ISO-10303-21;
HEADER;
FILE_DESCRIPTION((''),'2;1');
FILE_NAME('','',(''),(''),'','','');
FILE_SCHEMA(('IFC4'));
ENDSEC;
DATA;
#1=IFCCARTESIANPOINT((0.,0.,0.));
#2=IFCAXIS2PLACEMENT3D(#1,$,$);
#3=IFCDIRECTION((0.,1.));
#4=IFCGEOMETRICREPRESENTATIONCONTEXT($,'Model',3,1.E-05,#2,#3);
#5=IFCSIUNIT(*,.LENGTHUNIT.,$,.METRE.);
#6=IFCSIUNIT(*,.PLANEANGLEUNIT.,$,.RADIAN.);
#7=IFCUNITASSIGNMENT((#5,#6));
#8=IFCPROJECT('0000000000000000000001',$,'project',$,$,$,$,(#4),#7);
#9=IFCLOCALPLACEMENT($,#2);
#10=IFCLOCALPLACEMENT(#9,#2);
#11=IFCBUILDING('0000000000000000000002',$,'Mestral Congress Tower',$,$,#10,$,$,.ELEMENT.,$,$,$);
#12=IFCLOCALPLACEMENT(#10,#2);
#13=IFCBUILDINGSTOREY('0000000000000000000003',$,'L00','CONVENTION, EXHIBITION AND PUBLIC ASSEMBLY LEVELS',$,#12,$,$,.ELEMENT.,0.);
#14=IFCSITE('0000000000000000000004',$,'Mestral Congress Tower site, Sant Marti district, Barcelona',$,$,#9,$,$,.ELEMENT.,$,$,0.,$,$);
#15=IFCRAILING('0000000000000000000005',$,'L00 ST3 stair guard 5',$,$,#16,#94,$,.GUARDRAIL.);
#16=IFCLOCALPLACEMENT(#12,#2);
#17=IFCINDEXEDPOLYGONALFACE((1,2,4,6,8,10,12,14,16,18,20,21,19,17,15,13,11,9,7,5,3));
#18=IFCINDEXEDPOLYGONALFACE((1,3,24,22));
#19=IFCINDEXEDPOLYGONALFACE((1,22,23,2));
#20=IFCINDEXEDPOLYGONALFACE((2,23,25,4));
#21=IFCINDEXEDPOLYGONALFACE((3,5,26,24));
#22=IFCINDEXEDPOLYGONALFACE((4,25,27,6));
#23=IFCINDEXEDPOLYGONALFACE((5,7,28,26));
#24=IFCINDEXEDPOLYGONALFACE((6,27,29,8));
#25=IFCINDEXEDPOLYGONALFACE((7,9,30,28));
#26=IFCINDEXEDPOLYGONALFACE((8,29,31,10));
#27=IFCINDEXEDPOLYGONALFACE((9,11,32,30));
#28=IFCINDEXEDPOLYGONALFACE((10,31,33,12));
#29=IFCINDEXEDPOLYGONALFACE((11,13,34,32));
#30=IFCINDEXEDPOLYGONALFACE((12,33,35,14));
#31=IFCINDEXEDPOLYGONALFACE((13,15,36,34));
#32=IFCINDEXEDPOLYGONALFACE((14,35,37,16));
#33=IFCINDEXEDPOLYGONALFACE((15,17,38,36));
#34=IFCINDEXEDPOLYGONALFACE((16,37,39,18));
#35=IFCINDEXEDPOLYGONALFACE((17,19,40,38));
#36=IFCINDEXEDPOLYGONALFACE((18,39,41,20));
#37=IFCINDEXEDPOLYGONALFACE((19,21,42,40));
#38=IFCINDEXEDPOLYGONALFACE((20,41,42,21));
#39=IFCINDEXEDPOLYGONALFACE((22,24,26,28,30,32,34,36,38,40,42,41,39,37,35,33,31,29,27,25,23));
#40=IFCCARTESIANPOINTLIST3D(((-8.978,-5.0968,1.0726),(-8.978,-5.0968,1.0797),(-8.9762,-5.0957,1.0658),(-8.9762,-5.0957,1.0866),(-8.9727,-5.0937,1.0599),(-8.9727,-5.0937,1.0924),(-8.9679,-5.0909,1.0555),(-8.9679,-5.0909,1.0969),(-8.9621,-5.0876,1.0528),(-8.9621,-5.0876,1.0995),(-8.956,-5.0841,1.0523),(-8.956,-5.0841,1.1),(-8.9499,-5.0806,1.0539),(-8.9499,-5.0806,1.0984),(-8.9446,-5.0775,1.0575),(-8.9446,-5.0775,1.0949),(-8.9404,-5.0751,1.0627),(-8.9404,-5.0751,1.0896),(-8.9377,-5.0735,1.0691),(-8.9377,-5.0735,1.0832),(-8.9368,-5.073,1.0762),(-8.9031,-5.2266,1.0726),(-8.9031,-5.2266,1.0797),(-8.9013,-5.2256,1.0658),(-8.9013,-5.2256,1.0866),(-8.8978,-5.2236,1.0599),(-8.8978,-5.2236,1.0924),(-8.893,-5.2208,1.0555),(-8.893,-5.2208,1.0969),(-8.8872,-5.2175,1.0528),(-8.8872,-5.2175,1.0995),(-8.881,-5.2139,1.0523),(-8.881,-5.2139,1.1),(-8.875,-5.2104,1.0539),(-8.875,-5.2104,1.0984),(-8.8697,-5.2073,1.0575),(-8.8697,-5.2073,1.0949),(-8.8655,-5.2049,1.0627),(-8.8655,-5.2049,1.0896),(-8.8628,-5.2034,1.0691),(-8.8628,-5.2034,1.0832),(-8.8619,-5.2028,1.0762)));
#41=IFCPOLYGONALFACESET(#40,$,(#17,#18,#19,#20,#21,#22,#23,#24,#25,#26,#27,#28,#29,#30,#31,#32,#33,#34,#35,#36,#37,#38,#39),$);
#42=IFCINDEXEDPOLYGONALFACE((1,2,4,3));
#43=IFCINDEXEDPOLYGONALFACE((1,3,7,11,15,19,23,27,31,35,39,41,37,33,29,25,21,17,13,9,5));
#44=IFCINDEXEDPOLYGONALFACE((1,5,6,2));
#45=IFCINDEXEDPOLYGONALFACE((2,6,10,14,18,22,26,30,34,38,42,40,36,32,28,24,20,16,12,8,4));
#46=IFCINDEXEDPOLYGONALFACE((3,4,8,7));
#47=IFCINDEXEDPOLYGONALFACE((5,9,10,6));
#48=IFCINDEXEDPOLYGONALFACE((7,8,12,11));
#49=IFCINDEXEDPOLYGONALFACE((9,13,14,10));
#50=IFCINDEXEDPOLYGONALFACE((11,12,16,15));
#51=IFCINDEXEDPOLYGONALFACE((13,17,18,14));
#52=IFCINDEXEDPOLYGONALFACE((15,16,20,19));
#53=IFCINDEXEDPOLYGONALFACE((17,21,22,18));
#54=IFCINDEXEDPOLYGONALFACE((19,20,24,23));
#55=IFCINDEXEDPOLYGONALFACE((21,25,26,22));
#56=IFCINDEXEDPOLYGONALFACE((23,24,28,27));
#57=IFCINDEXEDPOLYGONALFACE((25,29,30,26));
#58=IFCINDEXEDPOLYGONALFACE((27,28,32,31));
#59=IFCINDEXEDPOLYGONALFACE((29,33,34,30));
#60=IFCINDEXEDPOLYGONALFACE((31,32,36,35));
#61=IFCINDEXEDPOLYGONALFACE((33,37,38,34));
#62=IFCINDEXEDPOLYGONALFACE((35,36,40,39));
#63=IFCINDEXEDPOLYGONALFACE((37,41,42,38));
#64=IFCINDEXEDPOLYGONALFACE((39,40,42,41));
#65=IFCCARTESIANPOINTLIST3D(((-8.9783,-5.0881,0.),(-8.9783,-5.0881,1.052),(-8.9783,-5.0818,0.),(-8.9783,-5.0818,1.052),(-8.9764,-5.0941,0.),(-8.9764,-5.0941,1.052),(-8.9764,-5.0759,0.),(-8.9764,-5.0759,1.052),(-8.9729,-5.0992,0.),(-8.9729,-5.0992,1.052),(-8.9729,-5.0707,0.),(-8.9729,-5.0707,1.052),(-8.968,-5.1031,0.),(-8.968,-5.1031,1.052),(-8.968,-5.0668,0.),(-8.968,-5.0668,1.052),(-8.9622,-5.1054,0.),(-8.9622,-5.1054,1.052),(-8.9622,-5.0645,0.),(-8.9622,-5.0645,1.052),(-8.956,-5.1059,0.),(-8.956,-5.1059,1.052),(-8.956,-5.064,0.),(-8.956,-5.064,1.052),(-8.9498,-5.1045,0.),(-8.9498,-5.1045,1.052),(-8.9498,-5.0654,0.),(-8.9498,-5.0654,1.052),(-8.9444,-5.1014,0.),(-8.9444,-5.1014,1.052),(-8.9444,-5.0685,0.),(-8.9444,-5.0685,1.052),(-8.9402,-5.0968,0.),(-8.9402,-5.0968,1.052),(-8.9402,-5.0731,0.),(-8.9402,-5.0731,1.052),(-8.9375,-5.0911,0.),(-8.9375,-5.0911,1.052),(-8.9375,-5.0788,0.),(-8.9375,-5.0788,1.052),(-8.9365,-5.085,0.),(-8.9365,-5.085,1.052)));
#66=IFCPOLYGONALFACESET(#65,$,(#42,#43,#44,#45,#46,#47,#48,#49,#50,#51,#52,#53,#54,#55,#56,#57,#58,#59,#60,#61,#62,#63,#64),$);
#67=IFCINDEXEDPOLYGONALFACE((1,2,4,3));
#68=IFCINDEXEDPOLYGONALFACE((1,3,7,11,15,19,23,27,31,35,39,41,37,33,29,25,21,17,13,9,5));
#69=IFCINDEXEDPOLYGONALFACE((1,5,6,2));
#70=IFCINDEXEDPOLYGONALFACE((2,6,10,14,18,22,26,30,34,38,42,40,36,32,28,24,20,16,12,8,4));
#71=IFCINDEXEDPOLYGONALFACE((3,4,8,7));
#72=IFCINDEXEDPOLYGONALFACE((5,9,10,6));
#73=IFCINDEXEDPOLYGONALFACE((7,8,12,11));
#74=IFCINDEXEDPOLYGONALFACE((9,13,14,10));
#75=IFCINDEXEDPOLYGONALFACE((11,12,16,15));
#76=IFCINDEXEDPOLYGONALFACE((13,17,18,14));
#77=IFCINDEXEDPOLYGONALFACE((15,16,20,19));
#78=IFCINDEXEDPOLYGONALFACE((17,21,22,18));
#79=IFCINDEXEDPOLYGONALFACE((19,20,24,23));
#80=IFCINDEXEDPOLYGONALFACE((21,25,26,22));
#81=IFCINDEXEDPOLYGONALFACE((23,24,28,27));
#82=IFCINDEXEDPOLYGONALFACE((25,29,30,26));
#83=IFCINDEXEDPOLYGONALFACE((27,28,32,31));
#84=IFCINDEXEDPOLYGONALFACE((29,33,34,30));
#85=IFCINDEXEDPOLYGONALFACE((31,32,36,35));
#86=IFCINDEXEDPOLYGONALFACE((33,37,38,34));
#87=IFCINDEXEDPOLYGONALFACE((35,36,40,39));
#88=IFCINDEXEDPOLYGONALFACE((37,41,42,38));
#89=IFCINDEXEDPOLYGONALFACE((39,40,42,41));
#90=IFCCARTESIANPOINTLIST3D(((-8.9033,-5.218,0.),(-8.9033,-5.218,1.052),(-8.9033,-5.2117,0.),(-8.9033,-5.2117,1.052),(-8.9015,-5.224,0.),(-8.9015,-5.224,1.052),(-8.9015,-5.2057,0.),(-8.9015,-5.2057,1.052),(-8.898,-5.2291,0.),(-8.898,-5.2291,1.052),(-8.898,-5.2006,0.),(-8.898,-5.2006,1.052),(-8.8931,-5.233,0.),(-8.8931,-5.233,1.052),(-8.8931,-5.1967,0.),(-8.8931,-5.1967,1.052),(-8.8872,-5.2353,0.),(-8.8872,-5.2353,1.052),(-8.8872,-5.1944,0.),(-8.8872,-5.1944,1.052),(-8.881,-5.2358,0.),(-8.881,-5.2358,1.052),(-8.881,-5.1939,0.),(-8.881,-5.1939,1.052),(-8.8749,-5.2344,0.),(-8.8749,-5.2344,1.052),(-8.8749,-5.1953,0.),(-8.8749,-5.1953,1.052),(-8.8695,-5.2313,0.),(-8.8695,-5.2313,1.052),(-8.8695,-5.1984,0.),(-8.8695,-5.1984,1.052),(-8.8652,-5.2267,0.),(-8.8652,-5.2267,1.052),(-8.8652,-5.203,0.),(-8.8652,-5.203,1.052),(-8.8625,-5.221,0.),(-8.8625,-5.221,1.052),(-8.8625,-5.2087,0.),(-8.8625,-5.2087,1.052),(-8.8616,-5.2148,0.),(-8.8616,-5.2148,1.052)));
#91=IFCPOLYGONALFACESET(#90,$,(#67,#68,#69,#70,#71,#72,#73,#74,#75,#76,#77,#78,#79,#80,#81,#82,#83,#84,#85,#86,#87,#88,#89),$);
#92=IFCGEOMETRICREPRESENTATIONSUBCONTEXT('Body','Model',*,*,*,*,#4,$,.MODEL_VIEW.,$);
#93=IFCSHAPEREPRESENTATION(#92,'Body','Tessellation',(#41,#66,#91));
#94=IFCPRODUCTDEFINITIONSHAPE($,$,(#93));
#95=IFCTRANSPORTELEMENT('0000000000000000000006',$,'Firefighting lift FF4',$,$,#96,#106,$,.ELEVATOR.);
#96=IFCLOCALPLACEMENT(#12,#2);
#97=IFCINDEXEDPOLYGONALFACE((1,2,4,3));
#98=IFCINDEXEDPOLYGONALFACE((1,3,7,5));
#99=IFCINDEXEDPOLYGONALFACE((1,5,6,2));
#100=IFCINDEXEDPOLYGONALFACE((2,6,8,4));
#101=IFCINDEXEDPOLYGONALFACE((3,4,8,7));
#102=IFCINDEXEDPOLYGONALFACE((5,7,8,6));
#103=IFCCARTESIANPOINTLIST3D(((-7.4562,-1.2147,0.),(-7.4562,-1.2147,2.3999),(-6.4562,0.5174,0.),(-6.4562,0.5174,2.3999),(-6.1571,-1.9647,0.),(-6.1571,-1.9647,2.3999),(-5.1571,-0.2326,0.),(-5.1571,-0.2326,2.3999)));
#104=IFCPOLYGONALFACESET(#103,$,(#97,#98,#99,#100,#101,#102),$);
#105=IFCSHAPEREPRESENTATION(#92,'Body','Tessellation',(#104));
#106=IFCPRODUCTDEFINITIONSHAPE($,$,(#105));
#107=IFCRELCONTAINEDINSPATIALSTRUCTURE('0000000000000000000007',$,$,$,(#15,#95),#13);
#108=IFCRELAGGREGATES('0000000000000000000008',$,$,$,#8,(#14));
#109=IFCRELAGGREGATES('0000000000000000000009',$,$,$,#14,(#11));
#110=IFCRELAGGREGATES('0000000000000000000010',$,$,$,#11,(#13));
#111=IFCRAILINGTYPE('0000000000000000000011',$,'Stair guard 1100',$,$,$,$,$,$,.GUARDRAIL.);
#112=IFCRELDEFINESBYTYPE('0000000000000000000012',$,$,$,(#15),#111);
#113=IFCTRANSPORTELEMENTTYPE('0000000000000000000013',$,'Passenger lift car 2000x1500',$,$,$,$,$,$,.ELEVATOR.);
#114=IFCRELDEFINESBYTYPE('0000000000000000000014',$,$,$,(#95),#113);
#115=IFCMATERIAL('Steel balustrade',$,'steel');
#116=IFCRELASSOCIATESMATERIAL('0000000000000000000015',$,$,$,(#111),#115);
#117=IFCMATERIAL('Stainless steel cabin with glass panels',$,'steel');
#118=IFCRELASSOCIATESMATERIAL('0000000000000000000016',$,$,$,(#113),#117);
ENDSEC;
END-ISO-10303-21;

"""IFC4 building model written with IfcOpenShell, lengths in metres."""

from ifc_helpers import new_model, si_unit, direction, frame, origin, origin_2d, place, context, subcontext, project, spatial, rectangle, circle, extrude, material, type_object, element, save


model = new_model("IFC4")

# Units and contexts
model_context = context("Model", 3, precision=1e-05, world=origin(), true_north=direction((0.0, 1.0)))
body_context = subcontext(model_context, "Body", "Model", "MODEL_VIEW")
ifc_project = project(units=[si_unit("LENGTHUNIT", "METRE"), si_unit("PLANEANGLEUNIT", "RADIAN")], contexts=[model_context])

# Site, building, storey
site_placement = place(None, origin())
site = spatial("IfcSite", under=ifc_project, at=site_placement, Name="Mestral Congress Tower site, Sant Marti district, Barcelona", CompositionType="ELEMENT", RefElevation=0.0)
building_placement = place(site_placement, origin())
building = spatial("IfcBuilding", under=site, at=building_placement, Name="Mestral Congress Tower", CompositionType="ELEMENT")
storey_placement = place(building_placement, origin())
storey = spatial("IfcBuildingStorey", under=building, at=storey_placement, Name="L00", Description="CONVENTION, EXHIBITION AND PUBLIC ASSEMBLY LEVELS", CompositionType="ELEMENT", Elevation=0.0)

# Railing
ifc_material_1 = material(Name="Steel balustrade", Category="steel")
railing_type_1 = type_object("IfcRailingType", Name="Stair guard 1100", PredefinedType="GUARDRAIL", material=ifc_material_1)
railing_1_placement = place(storey_placement, frame((-8.9575, -5.085, 0.0)))
element("IfcRailing", 1, at=railing_1_placement, inside=storey, type_object=railing_type_1, Name="L00 ST3 stair guard 5", PredefinedType="GUARDRAIL", context=body_context, shape_type="SweptSolid", body=[
    extrude(circle(Radius=0.0239, at=origin_2d()), frame((0.0, 0.0, 1.0762), z_axis=(0.499816, -0.866131, 0.0), x_axis=(0.866131, 0.499816, 0.0)), (0.0, 0.0, 1.0), 0.1499),
    extrude(circle(Radius=0.021, at=origin_2d()), origin(), (0.0, 0.0, 1.0), 1.052),
    extrude(circle(Radius=0.021, at=origin_2d()), frame((0.075, -0.1299, 0.0)), (0.0, 0.0, 1.0), 1.052),
])

# Transport element
ifc_material_2 = material(Name="Stainless steel cabin with glass panels", Category="steel")
transport_element_type = type_object("IfcTransportElementType", Name="Passenger lift car 2000x1500", PredefinedType="ELEVATOR", material=ifc_material_2)
transport_element_placement = place(storey_placement, frame((-6.3066, -0.7236, 0.0), z_axis=(0.0, 0.0, 1.0), x_axis=(-0.866025, 0.5, 0.0)))
element("IfcTransportElement", 2, at=transport_element_placement, inside=storey, type_object=transport_element_type, Name="Firefighting lift FF4", PredefinedType="ELEVATOR", context=body_context, shape_type="SweptSolid", body=[
    extrude(rectangle(XDim=1.5, YDim=2.0, at=origin_2d()), origin(), (0.0, 0.0, 1.0), 2.3999),
])

save(model, "model.ifc")
